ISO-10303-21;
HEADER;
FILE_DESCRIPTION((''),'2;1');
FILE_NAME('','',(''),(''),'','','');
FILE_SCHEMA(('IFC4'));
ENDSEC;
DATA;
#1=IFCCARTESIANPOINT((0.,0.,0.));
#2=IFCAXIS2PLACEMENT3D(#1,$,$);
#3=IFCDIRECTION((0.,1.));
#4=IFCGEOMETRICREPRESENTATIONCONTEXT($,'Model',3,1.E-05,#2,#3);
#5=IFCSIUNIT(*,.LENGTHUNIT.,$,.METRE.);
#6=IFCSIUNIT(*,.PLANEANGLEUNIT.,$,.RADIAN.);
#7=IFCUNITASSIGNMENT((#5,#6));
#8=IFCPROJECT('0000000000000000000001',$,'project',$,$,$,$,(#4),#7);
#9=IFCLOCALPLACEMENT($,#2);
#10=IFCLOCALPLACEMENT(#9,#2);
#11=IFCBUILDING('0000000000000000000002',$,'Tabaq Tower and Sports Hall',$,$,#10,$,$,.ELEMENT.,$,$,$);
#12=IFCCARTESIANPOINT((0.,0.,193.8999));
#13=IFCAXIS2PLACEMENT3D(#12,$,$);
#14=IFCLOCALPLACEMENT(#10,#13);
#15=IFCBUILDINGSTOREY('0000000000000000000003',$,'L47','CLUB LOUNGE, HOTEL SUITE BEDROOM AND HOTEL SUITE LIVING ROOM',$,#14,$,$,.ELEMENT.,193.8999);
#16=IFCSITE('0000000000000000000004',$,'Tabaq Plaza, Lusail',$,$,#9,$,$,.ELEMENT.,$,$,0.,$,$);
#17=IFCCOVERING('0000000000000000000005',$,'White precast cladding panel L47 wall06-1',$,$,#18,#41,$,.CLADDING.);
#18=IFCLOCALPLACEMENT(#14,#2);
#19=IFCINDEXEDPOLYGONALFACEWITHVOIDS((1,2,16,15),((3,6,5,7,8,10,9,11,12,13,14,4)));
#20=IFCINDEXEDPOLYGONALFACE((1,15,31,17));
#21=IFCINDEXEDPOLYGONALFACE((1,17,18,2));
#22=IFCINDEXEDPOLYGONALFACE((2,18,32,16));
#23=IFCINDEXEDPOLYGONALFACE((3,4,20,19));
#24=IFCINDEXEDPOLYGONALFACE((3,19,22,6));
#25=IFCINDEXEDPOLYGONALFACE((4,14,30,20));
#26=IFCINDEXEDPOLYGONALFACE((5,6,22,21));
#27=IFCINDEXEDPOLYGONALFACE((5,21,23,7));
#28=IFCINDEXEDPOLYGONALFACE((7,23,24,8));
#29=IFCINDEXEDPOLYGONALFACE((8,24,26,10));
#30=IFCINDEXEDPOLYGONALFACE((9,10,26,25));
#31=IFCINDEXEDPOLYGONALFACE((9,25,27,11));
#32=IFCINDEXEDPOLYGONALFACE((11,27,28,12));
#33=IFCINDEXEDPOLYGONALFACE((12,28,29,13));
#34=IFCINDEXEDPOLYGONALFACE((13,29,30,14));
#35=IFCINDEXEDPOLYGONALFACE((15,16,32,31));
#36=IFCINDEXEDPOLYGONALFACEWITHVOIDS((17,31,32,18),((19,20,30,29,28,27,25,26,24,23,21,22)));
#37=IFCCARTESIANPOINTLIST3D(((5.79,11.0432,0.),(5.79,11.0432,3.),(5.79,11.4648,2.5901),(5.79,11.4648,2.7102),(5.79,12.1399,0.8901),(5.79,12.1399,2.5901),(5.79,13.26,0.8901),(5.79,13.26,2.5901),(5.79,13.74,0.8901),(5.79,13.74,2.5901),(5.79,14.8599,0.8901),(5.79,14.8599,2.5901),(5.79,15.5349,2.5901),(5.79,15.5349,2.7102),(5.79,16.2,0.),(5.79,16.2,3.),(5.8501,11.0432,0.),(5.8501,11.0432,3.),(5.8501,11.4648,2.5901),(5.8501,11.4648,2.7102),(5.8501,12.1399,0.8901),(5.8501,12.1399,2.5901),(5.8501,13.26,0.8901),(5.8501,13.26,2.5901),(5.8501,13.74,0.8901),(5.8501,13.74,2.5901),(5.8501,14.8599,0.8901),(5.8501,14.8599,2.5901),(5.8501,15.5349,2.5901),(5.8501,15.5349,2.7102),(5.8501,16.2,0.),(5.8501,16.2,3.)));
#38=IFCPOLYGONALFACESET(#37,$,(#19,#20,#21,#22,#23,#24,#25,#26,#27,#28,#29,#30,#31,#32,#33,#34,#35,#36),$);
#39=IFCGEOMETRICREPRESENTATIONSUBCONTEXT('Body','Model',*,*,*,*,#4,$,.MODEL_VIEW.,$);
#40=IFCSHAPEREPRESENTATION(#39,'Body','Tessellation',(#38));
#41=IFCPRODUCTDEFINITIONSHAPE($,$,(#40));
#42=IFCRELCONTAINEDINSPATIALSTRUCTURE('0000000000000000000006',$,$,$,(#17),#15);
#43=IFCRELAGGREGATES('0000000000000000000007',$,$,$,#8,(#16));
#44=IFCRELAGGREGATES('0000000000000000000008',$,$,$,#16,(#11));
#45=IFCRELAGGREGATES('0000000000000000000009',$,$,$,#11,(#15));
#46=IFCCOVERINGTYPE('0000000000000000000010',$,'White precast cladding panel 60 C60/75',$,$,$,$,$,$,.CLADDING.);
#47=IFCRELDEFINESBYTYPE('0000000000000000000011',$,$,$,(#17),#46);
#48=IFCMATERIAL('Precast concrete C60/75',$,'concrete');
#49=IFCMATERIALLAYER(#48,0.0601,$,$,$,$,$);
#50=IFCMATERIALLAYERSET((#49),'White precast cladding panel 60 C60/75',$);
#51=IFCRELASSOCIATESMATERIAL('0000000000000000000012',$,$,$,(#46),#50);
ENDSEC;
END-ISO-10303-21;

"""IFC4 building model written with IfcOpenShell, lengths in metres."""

from ifc_helpers import new_model, si_unit, direction, frame, origin, place, context, subcontext, project, spatial, polyline, outline, extrude, material, layer, layer_set, type_object, element, save


model = new_model("IFC4")

# Units and contexts
model_context = context("Model", 3, precision=1e-05, world=origin(), true_north=direction((0.0, 1.0)))
body_context = subcontext(model_context, "Body", "Model", "MODEL_VIEW")
ifc_project = project(units=[si_unit("LENGTHUNIT", "METRE"), si_unit("PLANEANGLEUNIT", "RADIAN")], contexts=[model_context])

# Site, building, storey
site_placement = place(None, origin())
site = spatial("IfcSite", under=ifc_project, at=site_placement, Name="Tabaq Plaza, Lusail", CompositionType="ELEMENT", RefElevation=0.0)
building_placement = place(site_placement, origin())
building = spatial("IfcBuilding", under=site, at=building_placement, Name="Tabaq Tower and Sports Hall", CompositionType="ELEMENT")
storey_placement = place(building_placement, frame((0.0, 0.0, 193.8999)))
storey = spatial("IfcBuildingStorey", under=building, at=storey_placement, Name="L47", Description="CLUB LOUNGE, HOTEL SUITE BEDROOM AND HOTEL SUITE LIVING ROOM", CompositionType="ELEMENT", Elevation=193.8999)

# Covering
ifc_material_1 = material(Name="Precast concrete C60/75", Category="concrete")
ifc_layer_1 = layer(ifc_material_1, 0.0601)
ifc_layer_set_1 = layer_set([ifc_layer_1], Name="White precast cladding panel 60 C60/75")
covering_type = type_object("IfcCoveringType", Name="White precast cladding panel 60 C60/75", PredefinedType="CLADDING", material=ifc_layer_set_1)
covering_placement = place(storey_placement, frame((5.8201, 16.2, 0.0), z_axis=(0.0, 0.0, 1.0), x_axis=(0.0, -1.0, 0.0)))
element("IfcCovering", 1, at=covering_placement, inside=storey, type_object=covering_type, Name="White precast cladding panel L47 wall06-1", PredefinedType="CLADDING", context=body_context, shape_type="SweptSolid", body=[
    extrude(outline(polyline([(0.0, 0.0), (5.1567, 0.0), (5.1567, 3.0), (0.0, 3.0), (0.0, 0.0)]), holes=[polyline([(1.3401, 2.5901), (0.665, 2.5901), (0.665, 2.7102), (4.7351, 2.7102), (4.7351, 2.5901), (4.0601, 2.5901), (4.0601, 0.8901), (2.9399, 0.8901), (2.9399, 2.5901), (2.46, 2.5901), (2.46, 0.8901), (1.3401, 0.8901), (1.3401, 2.5901)])]), frame((0.0, 0.03, 0.0), z_axis=(0.0, -1.0, 0.0), x_axis=(1.0, 0.0, 0.0)), (0.0, 0.0, 1.0), 0.0601),
])

save(model, "model.ifc")
